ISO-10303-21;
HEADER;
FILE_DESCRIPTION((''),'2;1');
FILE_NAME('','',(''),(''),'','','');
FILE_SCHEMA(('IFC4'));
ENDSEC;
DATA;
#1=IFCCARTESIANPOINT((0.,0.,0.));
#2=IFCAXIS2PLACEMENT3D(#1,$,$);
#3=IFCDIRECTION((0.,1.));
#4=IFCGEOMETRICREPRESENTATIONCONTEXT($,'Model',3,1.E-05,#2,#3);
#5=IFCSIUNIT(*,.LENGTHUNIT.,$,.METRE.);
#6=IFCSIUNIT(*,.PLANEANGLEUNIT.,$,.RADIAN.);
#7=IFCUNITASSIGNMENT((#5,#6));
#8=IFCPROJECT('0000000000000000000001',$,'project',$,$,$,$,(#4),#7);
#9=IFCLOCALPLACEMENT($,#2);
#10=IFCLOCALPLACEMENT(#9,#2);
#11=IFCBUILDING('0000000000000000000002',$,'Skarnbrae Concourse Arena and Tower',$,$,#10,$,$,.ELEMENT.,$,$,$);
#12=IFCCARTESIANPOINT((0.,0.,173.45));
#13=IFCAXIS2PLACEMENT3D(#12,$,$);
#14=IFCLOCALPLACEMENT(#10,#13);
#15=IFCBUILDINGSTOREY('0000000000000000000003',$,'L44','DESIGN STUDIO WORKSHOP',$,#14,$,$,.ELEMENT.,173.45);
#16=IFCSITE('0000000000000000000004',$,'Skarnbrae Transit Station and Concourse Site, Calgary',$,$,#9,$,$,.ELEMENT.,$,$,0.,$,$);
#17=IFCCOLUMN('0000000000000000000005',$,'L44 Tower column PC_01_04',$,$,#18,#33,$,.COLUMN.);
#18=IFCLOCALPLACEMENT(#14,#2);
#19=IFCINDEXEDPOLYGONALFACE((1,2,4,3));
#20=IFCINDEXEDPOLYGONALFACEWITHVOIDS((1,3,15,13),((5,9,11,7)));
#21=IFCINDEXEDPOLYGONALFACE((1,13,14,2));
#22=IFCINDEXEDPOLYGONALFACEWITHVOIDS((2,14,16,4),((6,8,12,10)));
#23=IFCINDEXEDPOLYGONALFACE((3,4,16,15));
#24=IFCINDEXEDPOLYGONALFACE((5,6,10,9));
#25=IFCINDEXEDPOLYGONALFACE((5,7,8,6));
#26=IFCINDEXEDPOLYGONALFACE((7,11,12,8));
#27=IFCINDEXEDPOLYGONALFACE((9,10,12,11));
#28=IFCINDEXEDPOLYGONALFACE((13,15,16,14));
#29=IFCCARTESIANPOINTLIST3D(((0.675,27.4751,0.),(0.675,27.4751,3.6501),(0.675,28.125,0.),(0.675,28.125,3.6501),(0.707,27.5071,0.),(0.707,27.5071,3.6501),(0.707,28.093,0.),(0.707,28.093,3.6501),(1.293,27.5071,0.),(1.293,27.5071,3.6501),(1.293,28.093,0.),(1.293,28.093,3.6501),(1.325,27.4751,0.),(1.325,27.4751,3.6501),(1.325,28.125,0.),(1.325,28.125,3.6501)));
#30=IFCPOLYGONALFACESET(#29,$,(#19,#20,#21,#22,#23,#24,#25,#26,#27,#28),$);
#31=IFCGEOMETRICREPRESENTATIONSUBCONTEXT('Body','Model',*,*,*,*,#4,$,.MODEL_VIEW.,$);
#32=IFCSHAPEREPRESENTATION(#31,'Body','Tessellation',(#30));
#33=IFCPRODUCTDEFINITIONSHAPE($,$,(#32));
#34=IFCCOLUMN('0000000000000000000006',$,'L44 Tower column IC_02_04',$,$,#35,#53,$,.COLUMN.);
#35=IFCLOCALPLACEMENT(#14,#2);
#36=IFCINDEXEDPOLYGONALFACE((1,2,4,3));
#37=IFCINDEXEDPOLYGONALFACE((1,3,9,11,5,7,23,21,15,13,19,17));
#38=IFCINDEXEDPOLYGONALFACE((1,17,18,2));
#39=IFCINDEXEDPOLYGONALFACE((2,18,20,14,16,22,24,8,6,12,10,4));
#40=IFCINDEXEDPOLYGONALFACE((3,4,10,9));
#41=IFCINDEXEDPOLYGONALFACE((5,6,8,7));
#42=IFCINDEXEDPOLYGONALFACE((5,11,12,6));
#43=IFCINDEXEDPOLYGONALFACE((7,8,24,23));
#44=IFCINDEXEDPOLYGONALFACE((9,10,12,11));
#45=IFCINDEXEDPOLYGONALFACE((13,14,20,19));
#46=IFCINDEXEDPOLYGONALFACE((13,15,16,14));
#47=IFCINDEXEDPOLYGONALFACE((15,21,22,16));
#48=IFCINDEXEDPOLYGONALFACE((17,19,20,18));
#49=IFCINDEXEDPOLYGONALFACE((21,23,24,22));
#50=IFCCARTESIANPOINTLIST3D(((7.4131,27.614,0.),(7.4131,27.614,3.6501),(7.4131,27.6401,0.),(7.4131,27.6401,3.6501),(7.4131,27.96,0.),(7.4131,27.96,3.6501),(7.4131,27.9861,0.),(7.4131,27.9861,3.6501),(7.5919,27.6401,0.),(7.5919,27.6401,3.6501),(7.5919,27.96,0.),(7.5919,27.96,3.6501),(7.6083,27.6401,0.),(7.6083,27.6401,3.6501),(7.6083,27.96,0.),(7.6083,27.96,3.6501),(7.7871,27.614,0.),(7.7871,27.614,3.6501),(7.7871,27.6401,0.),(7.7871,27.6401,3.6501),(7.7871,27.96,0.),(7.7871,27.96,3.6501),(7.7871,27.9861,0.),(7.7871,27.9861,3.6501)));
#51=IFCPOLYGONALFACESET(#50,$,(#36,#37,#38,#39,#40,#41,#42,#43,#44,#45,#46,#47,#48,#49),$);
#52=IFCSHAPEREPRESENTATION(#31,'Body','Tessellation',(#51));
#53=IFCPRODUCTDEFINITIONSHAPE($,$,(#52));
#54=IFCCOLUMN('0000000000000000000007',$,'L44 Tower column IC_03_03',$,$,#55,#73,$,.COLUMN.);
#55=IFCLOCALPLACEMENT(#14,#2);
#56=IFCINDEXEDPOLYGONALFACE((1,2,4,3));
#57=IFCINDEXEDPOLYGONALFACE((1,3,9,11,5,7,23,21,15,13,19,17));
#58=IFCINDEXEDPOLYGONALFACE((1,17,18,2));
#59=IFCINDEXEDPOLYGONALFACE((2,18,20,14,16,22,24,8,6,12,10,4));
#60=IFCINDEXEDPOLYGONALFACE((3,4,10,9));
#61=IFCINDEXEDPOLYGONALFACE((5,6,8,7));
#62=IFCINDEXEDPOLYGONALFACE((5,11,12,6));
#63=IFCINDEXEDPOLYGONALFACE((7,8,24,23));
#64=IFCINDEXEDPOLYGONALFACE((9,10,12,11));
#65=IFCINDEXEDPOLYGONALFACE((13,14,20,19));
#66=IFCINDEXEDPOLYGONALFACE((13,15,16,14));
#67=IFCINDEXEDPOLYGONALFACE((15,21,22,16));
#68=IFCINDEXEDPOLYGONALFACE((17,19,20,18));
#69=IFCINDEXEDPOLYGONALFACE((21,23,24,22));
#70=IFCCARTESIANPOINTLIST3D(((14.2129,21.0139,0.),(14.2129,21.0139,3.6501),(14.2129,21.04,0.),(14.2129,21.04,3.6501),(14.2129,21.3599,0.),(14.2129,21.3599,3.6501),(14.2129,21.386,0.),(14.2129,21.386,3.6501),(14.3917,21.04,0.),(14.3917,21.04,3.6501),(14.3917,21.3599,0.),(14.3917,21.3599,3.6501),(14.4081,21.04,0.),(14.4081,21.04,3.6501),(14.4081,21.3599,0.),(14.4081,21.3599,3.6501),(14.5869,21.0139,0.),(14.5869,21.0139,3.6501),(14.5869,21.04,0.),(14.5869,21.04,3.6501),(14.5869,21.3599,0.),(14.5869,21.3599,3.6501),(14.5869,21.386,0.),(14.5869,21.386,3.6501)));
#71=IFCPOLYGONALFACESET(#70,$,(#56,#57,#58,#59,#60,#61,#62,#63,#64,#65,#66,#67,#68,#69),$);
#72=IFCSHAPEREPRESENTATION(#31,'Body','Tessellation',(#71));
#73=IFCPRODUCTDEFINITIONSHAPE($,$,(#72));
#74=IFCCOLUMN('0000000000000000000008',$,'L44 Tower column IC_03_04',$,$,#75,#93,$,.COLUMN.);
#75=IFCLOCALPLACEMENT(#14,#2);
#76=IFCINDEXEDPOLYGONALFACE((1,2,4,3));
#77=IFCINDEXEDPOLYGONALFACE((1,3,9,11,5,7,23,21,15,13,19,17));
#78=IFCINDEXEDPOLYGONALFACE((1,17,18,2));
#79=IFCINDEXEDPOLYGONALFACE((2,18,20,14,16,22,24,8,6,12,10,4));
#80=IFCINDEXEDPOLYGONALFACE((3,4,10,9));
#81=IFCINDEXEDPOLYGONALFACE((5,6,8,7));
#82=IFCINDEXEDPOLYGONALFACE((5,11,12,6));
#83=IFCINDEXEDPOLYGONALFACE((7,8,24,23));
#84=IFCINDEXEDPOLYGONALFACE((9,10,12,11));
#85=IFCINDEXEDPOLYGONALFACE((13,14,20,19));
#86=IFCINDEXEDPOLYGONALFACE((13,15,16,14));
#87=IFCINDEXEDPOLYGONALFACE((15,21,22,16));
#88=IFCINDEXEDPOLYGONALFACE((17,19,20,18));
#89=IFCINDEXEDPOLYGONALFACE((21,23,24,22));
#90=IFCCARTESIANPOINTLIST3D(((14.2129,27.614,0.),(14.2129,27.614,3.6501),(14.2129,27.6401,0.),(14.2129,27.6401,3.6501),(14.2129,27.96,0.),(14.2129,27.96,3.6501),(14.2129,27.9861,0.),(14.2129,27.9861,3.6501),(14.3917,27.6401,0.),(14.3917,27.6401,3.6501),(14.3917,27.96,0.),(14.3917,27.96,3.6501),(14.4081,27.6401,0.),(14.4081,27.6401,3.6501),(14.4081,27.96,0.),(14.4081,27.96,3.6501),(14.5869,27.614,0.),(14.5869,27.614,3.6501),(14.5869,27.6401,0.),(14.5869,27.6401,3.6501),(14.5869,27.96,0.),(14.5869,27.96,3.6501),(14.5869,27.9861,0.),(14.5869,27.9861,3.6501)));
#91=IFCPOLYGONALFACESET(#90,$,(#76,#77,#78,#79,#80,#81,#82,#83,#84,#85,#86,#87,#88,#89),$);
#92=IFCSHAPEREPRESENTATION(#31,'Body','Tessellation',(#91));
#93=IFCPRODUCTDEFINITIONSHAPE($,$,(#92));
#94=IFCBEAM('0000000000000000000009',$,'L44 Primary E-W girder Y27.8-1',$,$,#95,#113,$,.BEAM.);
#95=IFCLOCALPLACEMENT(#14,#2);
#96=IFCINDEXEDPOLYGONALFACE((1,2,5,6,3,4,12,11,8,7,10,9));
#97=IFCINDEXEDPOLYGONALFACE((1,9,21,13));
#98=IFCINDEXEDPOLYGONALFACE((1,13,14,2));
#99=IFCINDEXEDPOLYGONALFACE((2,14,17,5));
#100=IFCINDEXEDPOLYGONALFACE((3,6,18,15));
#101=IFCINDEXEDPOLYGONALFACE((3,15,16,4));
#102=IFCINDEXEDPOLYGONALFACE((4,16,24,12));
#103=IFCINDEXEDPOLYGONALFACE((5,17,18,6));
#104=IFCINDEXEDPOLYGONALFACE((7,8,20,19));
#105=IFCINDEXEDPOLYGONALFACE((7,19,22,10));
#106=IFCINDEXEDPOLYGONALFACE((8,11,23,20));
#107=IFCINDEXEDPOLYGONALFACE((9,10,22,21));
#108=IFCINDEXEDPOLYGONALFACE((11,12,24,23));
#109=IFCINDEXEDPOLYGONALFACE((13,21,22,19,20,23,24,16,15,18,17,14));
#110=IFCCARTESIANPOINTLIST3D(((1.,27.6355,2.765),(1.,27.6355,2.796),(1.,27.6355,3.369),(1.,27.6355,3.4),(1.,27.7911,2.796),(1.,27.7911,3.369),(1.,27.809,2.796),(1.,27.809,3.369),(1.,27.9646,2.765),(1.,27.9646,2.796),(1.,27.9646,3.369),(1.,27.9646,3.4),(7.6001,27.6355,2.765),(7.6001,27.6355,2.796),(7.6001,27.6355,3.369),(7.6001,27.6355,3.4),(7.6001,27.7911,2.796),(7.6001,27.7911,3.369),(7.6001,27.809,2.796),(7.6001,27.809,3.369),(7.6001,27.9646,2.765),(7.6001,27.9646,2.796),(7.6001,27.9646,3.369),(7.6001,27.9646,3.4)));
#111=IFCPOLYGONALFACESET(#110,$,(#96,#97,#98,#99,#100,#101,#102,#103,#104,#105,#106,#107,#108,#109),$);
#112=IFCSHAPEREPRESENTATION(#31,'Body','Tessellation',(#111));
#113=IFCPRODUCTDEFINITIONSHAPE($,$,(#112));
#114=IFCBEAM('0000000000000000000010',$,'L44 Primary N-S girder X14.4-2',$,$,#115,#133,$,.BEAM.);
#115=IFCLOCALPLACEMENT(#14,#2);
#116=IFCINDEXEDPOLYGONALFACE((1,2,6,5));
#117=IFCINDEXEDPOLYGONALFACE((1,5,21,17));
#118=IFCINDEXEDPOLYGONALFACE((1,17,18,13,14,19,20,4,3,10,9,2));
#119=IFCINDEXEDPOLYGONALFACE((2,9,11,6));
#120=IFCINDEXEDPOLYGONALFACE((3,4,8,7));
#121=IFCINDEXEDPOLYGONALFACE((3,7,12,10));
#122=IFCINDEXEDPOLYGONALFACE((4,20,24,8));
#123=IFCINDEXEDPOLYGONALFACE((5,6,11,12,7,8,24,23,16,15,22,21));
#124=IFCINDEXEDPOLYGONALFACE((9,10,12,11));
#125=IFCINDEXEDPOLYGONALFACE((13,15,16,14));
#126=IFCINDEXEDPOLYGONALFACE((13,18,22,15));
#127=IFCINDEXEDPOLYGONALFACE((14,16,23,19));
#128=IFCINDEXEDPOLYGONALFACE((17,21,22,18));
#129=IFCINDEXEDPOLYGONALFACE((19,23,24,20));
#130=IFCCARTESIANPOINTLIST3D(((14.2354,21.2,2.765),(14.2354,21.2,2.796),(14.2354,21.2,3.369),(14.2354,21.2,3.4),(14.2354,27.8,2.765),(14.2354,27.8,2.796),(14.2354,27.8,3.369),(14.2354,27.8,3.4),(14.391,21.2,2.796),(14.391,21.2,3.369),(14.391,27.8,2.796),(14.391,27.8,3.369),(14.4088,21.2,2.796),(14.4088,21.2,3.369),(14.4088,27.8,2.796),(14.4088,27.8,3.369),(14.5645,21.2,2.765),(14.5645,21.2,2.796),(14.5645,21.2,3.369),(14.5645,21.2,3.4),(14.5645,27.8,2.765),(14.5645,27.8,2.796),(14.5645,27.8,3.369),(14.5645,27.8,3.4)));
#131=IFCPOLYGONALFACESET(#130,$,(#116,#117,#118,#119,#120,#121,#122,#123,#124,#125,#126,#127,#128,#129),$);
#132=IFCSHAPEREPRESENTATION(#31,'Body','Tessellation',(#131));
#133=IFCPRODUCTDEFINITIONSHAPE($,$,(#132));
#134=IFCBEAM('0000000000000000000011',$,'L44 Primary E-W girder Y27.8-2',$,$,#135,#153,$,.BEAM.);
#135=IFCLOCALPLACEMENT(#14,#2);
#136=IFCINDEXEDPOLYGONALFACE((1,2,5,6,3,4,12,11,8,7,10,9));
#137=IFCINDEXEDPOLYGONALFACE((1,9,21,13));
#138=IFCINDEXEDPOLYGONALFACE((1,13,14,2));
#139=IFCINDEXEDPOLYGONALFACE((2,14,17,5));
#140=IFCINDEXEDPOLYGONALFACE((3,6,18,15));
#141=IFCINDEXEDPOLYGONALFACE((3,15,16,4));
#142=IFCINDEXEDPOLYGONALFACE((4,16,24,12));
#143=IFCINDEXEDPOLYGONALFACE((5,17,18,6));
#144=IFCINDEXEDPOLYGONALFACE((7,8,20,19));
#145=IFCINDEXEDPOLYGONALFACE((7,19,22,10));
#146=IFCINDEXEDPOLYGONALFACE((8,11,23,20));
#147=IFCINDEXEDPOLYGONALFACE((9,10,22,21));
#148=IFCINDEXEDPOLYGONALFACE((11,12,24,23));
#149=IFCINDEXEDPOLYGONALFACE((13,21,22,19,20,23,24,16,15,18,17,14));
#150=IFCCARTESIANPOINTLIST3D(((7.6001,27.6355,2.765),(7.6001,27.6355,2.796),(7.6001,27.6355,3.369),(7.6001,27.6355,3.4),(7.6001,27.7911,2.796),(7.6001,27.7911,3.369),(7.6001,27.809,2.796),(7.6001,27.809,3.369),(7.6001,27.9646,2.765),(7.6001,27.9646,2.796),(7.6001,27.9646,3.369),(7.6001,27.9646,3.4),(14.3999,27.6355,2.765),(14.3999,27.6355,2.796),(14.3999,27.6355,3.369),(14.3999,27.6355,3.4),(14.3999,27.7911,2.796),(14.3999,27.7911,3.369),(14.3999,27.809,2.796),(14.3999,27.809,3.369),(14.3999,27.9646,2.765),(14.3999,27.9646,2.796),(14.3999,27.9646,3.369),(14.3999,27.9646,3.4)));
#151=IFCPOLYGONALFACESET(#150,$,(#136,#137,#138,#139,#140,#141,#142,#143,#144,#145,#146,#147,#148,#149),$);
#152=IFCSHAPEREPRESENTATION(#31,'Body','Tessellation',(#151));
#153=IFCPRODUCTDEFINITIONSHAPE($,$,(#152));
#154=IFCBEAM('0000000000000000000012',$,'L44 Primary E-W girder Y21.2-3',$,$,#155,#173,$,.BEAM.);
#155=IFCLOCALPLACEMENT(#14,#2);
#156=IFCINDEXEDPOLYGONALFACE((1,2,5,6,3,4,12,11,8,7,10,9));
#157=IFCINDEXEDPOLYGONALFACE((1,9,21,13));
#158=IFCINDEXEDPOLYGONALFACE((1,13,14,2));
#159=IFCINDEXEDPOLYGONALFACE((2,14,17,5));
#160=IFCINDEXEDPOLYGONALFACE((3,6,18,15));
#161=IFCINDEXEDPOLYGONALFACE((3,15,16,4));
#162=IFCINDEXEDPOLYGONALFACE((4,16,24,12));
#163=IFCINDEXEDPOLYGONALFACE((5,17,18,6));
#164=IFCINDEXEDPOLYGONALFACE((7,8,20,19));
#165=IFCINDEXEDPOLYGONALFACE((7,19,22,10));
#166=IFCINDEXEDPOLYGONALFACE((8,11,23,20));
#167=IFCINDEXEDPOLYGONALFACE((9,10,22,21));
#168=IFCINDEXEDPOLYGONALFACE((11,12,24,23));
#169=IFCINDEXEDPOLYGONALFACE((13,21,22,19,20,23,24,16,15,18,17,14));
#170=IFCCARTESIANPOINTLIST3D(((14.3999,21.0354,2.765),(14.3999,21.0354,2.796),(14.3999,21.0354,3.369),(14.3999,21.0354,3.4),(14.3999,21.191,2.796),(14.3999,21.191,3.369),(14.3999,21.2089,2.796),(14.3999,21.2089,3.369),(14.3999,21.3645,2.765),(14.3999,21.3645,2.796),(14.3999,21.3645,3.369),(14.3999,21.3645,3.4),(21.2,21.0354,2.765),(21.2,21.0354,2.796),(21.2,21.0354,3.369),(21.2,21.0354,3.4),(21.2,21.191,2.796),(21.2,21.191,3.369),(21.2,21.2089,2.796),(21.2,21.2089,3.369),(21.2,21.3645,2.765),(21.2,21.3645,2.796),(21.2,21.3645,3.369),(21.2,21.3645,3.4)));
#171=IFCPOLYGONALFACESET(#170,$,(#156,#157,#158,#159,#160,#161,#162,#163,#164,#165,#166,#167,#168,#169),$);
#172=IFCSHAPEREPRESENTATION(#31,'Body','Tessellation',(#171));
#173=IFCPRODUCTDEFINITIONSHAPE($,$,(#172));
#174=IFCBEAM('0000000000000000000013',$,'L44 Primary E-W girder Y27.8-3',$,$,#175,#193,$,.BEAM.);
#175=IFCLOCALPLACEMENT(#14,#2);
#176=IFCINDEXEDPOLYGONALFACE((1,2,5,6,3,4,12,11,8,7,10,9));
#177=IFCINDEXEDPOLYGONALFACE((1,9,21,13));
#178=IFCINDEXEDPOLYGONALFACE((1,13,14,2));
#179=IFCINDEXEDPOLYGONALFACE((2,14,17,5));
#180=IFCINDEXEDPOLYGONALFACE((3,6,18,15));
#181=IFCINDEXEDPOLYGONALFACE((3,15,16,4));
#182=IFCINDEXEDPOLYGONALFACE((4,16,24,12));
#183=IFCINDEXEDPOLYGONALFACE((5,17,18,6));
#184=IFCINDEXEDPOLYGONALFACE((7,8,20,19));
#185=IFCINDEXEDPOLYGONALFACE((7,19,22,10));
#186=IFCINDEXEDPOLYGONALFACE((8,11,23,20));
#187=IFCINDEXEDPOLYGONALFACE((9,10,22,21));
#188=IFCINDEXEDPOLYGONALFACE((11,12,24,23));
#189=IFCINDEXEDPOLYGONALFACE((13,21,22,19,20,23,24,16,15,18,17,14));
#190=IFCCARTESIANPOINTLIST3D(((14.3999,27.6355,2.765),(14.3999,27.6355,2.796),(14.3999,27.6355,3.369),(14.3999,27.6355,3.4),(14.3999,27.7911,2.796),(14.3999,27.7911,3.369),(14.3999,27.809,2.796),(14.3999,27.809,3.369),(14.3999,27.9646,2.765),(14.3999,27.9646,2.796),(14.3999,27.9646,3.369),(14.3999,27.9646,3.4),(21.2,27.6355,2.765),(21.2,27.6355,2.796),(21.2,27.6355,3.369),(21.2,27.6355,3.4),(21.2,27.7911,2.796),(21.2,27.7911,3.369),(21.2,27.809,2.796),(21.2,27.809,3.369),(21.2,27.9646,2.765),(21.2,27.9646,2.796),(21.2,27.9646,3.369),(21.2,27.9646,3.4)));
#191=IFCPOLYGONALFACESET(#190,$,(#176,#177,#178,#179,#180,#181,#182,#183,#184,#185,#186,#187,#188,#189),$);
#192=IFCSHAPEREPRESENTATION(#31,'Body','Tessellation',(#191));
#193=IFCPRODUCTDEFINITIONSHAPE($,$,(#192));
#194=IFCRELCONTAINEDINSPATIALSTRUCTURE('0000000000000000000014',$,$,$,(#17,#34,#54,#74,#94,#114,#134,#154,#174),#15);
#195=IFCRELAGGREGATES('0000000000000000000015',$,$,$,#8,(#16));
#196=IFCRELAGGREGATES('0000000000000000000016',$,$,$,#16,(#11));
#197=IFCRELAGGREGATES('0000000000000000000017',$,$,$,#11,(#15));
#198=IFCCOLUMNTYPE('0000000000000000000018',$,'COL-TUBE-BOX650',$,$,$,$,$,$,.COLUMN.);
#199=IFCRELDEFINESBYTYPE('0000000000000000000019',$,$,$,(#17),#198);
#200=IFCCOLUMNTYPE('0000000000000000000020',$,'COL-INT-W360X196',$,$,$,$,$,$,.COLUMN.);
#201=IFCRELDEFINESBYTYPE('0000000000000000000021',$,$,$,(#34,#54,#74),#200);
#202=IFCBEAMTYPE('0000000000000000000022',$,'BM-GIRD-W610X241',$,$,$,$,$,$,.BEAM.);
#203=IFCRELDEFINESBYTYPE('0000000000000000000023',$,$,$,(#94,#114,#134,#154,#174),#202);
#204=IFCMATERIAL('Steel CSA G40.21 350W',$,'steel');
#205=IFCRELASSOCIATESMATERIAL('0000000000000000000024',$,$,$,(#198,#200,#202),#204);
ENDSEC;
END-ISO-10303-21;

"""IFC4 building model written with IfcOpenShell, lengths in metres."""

from ifc_helpers import new_model, si_unit, direction, frame, origin, origin_2d, place, context, subcontext, project, spatial, hollow_rectangle, i_section, extrude, source, transform, mapped, material, material_profile, profile_set, type_object, element, save


model = new_model("IFC4")

# Units and contexts
model_context = context("Model", 3, precision=1e-05, world=origin(), true_north=direction((0.0, 1.0)))
body_context = subcontext(model_context, "Body", "Model", "MODEL_VIEW")
ifc_project = project(units=[si_unit("LENGTHUNIT", "METRE"), si_unit("PLANEANGLEUNIT", "RADIAN")], contexts=[model_context])

# Site, building, storey
site_placement = place(None, origin())
site = spatial("IfcSite", under=ifc_project, at=site_placement, Name="Skarnbrae Transit Station and Concourse Site, Calgary", CompositionType="ELEMENT", RefElevation=0.0)
building_placement = place(site_placement, origin())
building = spatial("IfcBuilding", under=site, at=building_placement, Name="Skarnbrae Concourse Arena and Tower", CompositionType="ELEMENT")
storey_placement = place(building_placement, frame((0.0, 0.0, 173.45)))
storey = spatial("IfcBuildingStorey", under=building, at=storey_placement, Name="L44", Description="DESIGN STUDIO WORKSHOP", CompositionType="ELEMENT", Elevation=173.45)

# Columns
ifc_material_1 = material(Name="Steel CSA G40.21 350W", Category="steel")
ifc_material_profile_1 = material_profile(ifc_material_1, hollow_rectangle(XDim=0.6499, YDim=0.6499, WallThickness=0.032, at=origin_2d()), Name="BOX650X650X32")
ifc_profile_set_1 = profile_set([ifc_material_profile_1], Name="Steel CSA G40.21 350W")
column_type_1 = type_object("IfcColumnType", Name="COL-TUBE-BOX650", PredefinedType="COLUMN", material=ifc_profile_set_1)
shared_shape_1 = source(origin(), body_context, "Body", "SweptSolid", [
    extrude(hollow_rectangle(XDim=0.6499, YDim=0.6499, WallThickness=0.032, at=origin_2d()), origin(), (0.0, 0.0, 1.0), 3.6501),
])
column_placement = place(storey_placement, frame((1.0, 27.8, 0.0), z_axis=(0.0, 0.0, 1.0), x_axis=(1.0, 0.0, 0.0)))
element("IfcColumn", 1, at=column_placement, inside=storey, type_object=column_type_1, Name="L44 Tower column PC_01_04", PredefinedType="COLUMN", context=body_context, shape_type="MappedRepresentation", body=[
    mapped(shared_shape_1, transform((0.0, 0.0, 0.0))),
])
ifc_material_profile_2 = material_profile(ifc_material_1, i_section(OverallWidth=0.374, OverallDepth=0.3721, WebThickness=0.0164, FlangeThickness=0.0261, at=origin_2d()), Name="W360X196")
ifc_profile_set_2 = profile_set([ifc_material_profile_2], Name="Steel CSA G40.21 350W")
column_type_2 = type_object("IfcColumnType", Name="COL-INT-W360X196", PredefinedType="COLUMN", material=ifc_profile_set_2)
shared_shape_2 = source(origin(), body_context, "Body", "SweptSolid", [
    extrude(i_section(OverallWidth=0.374, OverallDepth=0.3721, WebThickness=0.0164, FlangeThickness=0.0261, at=origin_2d()), origin(), (0.0, 0.0, 1.0), 3.6501),
])
for number, where, z_axis, x_axis, name in (
    (2, (7.6001, 27.8, 0.0), (0.0, 0.0, 1.0), (1.0, 0.0, 0.0), "L44 Tower column IC_02_04"),
    (3, (14.3999, 21.2, 0.0), (0.0, 0.0, 1.0), (1.0, 0.0, 0.0), "L44 Tower column IC_03_03"),
    (4, (14.3999, 27.8, 0.0), (0.0, 0.0, 1.0), (1.0, 0.0, 0.0), "L44 Tower column IC_03_04"),
):
    element("IfcColumn", number, at=place(storey_placement, frame(where, z_axis=z_axis, x_axis=x_axis)), inside=storey, type_object=column_type_2, Name=name, PredefinedType="COLUMN", context=body_context, shape_type="MappedRepresentation", body=[
        mapped(shared_shape_2, transform((0.0, 0.0, 0.0))),
    ])

# Beams
ifc_material_profile_3 = material_profile(ifc_material_1, i_section(OverallWidth=0.3291, OverallDepth=0.635, WebThickness=0.0178, FlangeThickness=0.031, at=origin_2d()), Name="W610X241")
ifc_profile_set_3 = profile_set([ifc_material_profile_3], Name="Steel CSA G40.21 350W")
beam_type_1 = type_object("IfcBeamType", Name="BM-GIRD-W610X241", PredefinedType="BEAM", material=ifc_profile_set_3)
shared_shape_3 = source(origin(), body_context, "Body", "SweptSolid", [
    extrude(i_section(OverallWidth=0.3291, OverallDepth=0.635, WebThickness=0.0178, FlangeThickness=0.031, at=origin_2d()), origin(), (0.0, 0.0, 1.0), 6.6001),
])
for number, where, z_axis, x_axis, name in (
    (5, (1.0, 27.8, 3.0825), (1.0, 0.0, 0.0), (0.0, 1.0, 0.0), "L44 Primary E-W girder Y27.8-1"),
    (6, (14.3999, 21.2, 3.0825), (0.0, 1.0, 0.0), (-1.0, 0.0, 0.0), "L44 Primary N-S girder X14.4-2"),
):
    element("IfcBeam", number, at=place(storey_placement, frame(where, z_axis=z_axis, x_axis=x_axis)), inside=storey, type_object=beam_type_1, Name=name, PredefinedType="BEAM", context=body_context, shape_type="MappedRepresentation", body=[
        mapped(shared_shape_3, transform((0.0, 0.0, 0.0))),
    ])
shared_shape_4 = source(origin(), body_context, "Body", "SweptSolid", [
    extrude(i_section(OverallWidth=0.3291, OverallDepth=0.635, WebThickness=0.0178, FlangeThickness=0.031, at=origin_2d()), origin(), (0.0, 0.0, 1.0), 6.7998),
])
beam_placement = place(storey_placement, frame((7.6001, 27.8, 3.0825), z_axis=(1.0, 0.0, 0.0), x_axis=(0.0, 1.0, 0.0)))
element("IfcBeam", 7, at=beam_placement, inside=storey, type_object=beam_type_1, Name="L44 Primary E-W girder Y27.8-2", PredefinedType="BEAM", context=body_context, shape_type="MappedRepresentation", body=[
    mapped(shared_shape_4, transform((0.0, 0.0, 0.0))),
])
shared_shape_5 = source(origin(), body_context, "Body", "SweptSolid", [
    extrude(i_section(OverallWidth=0.3291, OverallDepth=0.635, WebThickness=0.0178, FlangeThickness=0.031, at=origin_2d()), origin(), (0.0, 0.0, 1.0), 6.8),
])
for number, where, z_axis, x_axis, name in (
    (8, (14.3999, 21.2, 3.0825), (1.0, 0.0, 0.0), (0.0, 1.0, 0.0), "L44 Primary E-W girder Y21.2-3"),
    (9, (14.3999, 27.8, 3.0825), (1.0, 0.0, 0.0), (0.0, 1.0, 0.0), "L44 Primary E-W girder Y27.8-3"),
):
    element("IfcBeam", number, at=place(storey_placement, frame(where, z_axis=z_axis, x_axis=x_axis)), inside=storey, type_object=beam_type_1, Name=name, PredefinedType="BEAM", context=body_context, shape_type="MappedRepresentation", body=[
        mapped(shared_shape_5, transform((0.0, 0.0, 0.0))),
    ])

save(model, "model.ifc")
